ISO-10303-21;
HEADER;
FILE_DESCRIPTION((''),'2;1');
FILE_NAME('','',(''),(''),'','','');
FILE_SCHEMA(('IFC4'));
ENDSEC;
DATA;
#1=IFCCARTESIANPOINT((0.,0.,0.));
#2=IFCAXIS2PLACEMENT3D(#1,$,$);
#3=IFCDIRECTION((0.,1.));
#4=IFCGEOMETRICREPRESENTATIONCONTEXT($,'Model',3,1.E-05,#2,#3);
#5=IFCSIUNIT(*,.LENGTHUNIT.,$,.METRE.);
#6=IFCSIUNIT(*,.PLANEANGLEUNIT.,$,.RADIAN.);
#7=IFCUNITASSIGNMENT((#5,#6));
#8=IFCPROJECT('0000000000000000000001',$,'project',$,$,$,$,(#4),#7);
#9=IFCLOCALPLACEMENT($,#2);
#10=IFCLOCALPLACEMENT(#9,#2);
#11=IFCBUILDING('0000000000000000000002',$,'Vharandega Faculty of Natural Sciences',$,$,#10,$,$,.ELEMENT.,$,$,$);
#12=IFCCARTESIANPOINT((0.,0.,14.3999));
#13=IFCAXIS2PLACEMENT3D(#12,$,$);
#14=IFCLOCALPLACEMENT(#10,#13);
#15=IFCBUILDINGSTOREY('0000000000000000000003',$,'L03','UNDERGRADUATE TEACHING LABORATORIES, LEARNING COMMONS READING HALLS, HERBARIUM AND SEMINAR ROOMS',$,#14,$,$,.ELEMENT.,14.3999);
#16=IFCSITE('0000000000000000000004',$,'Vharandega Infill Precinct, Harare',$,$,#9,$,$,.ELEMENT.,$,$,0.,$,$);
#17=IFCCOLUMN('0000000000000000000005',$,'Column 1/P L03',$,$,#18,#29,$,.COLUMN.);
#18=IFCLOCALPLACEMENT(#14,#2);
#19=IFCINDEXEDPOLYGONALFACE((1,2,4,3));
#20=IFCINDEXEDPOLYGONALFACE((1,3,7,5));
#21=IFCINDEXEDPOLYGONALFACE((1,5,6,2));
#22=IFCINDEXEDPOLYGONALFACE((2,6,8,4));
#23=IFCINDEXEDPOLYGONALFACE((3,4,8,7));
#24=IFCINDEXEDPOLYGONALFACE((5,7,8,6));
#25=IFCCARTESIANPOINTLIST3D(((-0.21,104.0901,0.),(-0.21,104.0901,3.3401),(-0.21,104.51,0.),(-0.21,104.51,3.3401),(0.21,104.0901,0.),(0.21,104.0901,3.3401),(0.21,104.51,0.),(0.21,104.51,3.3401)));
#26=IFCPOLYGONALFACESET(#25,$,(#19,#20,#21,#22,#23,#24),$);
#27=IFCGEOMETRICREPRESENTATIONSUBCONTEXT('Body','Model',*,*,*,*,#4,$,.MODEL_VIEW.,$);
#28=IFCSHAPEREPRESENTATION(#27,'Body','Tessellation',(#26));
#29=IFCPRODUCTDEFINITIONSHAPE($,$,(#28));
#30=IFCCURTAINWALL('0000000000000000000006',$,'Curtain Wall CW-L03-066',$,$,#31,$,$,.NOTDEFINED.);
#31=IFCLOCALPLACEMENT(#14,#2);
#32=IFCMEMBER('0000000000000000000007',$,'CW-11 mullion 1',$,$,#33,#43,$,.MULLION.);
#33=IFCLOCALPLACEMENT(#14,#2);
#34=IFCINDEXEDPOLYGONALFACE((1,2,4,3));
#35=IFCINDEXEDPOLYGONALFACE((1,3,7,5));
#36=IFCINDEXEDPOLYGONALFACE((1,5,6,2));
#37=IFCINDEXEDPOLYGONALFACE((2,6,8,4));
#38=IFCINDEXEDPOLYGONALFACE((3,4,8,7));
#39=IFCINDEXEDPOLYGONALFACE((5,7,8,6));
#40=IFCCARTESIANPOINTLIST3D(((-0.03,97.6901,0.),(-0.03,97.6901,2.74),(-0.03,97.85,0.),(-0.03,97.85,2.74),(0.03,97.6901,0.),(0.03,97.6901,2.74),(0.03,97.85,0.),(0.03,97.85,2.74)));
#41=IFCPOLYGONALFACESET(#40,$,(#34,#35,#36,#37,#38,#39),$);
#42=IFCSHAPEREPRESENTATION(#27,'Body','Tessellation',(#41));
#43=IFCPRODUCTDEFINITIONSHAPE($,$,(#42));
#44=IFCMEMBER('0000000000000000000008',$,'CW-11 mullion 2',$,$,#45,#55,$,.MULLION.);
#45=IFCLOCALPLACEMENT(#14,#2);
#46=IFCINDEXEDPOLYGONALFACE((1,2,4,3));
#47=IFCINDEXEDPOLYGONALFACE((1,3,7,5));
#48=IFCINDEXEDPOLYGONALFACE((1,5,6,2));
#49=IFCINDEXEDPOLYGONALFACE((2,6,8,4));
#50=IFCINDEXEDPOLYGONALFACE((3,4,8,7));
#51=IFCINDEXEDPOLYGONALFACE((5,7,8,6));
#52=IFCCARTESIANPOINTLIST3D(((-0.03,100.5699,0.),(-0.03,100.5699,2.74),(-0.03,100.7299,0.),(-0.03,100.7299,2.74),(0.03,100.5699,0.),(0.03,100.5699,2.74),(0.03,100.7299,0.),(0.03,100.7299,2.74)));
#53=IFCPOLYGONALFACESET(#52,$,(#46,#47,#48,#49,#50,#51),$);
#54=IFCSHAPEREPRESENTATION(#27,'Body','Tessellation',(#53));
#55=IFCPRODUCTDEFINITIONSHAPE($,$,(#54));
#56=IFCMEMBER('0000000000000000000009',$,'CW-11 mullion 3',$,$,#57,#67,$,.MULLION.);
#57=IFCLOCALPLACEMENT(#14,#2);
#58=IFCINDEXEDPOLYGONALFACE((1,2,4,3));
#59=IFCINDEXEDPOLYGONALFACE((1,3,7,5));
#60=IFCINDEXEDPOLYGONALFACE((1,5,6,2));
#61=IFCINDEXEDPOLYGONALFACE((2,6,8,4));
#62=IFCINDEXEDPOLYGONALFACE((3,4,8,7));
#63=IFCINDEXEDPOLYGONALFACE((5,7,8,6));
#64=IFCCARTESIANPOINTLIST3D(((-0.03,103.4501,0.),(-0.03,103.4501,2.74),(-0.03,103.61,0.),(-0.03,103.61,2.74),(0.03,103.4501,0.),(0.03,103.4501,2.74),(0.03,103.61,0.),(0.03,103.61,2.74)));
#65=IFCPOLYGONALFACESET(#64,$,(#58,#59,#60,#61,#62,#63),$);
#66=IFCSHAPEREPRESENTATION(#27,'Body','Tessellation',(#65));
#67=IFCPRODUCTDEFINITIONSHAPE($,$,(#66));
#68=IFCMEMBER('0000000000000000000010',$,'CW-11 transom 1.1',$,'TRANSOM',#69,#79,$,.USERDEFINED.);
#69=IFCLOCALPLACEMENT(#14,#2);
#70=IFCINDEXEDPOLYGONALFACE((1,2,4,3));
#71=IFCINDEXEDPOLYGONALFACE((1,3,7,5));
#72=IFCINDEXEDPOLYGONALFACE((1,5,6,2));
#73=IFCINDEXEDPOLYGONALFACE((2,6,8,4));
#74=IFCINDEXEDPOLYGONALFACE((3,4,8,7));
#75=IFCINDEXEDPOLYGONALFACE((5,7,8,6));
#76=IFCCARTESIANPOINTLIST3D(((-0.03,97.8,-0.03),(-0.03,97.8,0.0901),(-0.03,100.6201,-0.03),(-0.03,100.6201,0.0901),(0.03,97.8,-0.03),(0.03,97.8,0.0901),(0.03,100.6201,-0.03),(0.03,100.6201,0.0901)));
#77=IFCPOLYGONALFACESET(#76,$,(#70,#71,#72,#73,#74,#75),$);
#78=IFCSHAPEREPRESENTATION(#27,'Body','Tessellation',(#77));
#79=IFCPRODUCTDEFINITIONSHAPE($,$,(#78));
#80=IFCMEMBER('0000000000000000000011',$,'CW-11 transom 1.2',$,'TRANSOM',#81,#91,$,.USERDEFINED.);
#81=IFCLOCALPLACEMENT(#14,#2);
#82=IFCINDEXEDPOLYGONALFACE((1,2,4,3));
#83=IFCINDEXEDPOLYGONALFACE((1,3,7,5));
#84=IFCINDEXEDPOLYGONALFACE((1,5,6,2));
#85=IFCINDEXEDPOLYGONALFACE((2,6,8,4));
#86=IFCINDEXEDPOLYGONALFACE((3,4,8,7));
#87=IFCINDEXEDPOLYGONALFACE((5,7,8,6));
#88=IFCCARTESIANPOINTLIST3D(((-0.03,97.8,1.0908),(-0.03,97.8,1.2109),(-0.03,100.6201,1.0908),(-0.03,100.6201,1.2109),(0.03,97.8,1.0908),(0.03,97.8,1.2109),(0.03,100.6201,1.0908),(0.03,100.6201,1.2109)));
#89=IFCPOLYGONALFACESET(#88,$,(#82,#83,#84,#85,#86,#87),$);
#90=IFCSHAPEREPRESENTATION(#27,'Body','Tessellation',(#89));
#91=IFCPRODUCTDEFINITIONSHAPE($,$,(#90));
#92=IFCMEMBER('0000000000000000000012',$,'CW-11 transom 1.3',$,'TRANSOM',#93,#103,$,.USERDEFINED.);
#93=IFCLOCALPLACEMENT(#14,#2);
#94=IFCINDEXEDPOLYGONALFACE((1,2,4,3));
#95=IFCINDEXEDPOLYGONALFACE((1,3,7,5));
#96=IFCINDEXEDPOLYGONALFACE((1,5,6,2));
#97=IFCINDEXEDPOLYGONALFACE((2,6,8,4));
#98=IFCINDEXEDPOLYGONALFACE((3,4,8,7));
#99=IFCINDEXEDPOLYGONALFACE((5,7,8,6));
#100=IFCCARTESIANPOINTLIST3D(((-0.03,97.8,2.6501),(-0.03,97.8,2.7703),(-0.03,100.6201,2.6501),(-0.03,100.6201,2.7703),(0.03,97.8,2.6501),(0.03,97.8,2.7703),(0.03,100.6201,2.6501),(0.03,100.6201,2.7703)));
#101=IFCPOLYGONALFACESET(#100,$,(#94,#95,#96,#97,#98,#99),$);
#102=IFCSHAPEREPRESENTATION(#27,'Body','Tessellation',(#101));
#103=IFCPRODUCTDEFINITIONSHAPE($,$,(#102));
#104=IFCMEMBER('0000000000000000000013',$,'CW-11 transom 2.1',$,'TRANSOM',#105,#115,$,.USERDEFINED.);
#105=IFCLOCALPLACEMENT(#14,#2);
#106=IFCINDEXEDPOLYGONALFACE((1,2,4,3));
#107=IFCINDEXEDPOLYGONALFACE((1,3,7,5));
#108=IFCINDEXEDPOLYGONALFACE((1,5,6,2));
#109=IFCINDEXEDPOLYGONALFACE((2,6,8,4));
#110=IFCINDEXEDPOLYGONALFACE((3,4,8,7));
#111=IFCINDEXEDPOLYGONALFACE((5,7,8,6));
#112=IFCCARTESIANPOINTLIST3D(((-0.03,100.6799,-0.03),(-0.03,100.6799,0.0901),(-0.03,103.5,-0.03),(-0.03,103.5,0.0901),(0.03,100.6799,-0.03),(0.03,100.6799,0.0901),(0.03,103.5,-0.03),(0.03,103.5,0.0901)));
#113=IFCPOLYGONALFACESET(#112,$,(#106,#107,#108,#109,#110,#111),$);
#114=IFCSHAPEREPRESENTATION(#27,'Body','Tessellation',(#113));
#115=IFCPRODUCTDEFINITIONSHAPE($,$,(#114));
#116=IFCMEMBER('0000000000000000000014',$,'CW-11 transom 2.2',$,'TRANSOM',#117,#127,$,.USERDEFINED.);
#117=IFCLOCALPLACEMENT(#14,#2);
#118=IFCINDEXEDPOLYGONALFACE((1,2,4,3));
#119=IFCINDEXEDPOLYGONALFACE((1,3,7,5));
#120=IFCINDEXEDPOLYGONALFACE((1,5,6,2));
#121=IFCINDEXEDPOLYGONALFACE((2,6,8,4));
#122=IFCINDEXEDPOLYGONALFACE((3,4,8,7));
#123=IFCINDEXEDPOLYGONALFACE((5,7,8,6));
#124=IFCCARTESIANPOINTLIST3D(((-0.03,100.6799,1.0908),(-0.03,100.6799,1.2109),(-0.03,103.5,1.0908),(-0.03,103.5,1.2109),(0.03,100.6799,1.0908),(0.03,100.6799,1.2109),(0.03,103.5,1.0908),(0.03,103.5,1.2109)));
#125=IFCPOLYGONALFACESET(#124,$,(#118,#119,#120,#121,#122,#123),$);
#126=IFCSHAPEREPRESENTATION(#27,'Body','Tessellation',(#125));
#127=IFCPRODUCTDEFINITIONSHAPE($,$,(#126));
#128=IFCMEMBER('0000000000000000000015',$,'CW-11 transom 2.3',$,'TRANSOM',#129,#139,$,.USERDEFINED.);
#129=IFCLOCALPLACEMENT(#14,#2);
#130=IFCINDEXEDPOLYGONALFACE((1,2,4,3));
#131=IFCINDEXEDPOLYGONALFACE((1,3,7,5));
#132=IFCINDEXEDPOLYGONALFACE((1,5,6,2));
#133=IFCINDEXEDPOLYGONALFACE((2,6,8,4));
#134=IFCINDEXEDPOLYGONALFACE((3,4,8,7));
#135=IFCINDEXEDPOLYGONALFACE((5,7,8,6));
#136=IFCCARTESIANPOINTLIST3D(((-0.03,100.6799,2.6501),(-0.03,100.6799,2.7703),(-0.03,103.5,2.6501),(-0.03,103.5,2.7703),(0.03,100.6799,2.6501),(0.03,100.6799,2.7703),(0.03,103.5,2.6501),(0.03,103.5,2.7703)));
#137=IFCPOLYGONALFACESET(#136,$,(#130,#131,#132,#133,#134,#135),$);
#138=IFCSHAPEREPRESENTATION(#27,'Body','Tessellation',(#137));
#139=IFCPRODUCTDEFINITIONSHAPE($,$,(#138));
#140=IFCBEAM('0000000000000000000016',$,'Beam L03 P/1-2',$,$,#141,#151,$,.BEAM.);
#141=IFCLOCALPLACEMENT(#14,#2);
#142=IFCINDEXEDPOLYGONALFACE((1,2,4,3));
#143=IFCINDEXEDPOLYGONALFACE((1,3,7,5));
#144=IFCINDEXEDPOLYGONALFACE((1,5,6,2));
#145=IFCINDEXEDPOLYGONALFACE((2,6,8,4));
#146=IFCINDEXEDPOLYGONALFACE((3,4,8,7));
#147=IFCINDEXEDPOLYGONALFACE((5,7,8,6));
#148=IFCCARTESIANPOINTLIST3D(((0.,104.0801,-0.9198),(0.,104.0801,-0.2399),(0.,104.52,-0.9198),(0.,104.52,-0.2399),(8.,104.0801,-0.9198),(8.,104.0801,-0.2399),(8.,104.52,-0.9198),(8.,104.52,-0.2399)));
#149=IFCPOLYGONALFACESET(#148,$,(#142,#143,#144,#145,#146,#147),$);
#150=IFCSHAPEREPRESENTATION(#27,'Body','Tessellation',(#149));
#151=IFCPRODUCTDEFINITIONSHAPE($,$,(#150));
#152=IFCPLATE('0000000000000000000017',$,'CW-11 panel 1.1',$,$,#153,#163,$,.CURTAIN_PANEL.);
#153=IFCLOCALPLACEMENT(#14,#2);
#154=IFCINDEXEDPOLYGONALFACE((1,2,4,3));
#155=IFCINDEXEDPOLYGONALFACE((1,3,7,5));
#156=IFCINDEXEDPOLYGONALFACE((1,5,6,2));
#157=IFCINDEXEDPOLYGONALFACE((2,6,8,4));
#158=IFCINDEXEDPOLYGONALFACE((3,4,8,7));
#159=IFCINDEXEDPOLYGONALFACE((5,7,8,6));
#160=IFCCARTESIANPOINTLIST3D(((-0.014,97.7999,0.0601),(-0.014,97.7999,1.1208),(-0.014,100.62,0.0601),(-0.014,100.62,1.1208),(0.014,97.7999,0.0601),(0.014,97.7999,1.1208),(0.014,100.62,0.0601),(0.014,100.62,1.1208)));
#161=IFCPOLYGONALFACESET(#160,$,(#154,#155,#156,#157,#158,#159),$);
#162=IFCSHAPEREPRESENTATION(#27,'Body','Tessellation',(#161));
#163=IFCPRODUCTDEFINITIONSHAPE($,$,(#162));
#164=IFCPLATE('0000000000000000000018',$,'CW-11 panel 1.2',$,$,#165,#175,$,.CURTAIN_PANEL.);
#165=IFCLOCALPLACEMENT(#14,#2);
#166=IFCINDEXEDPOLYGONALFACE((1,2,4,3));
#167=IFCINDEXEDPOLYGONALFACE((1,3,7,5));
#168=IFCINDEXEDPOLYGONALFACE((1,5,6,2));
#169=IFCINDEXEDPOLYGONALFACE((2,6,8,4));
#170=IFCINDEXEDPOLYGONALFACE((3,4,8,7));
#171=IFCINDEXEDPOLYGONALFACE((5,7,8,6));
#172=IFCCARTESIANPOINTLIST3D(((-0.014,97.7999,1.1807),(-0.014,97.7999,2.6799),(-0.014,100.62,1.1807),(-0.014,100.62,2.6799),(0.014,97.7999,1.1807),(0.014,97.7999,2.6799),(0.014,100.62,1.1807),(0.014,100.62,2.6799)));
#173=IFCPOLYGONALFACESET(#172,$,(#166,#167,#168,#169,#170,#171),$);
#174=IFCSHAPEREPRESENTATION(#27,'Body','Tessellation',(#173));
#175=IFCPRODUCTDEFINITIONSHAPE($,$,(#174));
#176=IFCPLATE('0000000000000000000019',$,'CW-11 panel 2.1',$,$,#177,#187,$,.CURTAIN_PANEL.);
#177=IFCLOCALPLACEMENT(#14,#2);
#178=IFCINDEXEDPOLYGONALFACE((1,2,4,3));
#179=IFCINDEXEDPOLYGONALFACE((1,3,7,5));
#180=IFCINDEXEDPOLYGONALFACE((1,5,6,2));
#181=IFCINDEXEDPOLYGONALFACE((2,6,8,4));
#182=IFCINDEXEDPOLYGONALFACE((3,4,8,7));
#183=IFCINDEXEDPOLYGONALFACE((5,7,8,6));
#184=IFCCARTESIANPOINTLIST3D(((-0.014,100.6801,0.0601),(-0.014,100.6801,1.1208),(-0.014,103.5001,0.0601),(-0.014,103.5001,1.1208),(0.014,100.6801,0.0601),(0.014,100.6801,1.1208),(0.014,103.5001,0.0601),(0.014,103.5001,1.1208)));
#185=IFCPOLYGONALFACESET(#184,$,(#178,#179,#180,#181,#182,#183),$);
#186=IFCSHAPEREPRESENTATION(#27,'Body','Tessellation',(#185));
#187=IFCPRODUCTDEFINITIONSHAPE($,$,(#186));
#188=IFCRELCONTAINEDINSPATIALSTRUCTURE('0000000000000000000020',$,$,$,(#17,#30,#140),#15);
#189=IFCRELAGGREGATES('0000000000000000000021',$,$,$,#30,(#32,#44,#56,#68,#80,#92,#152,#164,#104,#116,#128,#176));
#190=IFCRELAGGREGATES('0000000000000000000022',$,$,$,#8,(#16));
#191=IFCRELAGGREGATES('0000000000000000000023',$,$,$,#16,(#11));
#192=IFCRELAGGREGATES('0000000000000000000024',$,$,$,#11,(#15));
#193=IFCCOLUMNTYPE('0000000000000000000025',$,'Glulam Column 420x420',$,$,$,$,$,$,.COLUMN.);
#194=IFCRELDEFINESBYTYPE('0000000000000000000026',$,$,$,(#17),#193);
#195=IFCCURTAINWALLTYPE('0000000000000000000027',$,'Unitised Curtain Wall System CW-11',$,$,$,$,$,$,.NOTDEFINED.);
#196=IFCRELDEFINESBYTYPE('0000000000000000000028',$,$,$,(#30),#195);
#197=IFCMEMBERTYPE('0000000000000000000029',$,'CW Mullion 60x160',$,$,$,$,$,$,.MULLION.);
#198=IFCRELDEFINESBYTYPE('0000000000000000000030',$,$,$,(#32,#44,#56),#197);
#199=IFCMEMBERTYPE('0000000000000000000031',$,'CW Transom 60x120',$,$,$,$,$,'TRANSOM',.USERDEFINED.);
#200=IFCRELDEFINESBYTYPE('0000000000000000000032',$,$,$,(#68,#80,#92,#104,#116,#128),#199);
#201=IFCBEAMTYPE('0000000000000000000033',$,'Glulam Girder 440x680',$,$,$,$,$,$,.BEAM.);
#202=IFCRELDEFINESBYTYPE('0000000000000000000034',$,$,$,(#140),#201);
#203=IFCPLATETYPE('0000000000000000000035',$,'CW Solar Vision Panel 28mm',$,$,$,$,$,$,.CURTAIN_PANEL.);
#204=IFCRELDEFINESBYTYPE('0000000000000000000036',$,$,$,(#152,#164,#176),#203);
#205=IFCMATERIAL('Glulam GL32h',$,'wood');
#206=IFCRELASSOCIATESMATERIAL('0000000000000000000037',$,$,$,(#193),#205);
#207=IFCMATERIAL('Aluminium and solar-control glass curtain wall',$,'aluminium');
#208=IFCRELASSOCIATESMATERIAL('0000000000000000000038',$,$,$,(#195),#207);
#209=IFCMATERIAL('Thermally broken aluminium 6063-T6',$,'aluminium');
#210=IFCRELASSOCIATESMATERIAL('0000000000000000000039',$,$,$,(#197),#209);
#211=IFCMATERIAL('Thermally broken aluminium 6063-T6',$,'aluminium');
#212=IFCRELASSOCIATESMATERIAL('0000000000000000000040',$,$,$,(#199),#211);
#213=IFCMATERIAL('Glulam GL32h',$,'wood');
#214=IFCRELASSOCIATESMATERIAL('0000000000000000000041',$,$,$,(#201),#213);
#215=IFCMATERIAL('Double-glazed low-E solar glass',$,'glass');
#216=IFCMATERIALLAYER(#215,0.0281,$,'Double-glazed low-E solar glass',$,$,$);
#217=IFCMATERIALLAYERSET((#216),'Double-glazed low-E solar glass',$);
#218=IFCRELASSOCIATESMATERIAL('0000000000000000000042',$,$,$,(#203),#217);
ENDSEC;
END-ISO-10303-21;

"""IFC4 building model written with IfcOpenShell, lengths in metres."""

from ifc_helpers import new_model, si_unit, direction, frame, origin, origin_2d, place, context, subcontext, project, spatial, rectangle, extrude, material, layer, layer_set, material_profile, profile_set, type_object, element, aggregate, save


model = new_model("IFC4")

# Units and contexts
model_context = context("Model", 3, precision=1e-05, world=origin(), true_north=direction((0.0, 1.0)))
body_context = subcontext(model_context, "Body", "Model", "MODEL_VIEW")
ifc_project = project(units=[si_unit("LENGTHUNIT", "METRE"), si_unit("PLANEANGLEUNIT", "RADIAN")], contexts=[model_context])

# Site, building, storey
site_placement = place(None, origin())
site = spatial("IfcSite", under=ifc_project, at=site_placement, Name="Vharandega Infill Precinct, Harare", CompositionType="ELEMENT", RefElevation=0.0)
building_placement = place(site_placement, origin())
building = spatial("IfcBuilding", under=site, at=building_placement, Name="Vharandega Faculty of Natural Sciences", CompositionType="ELEMENT")
storey_placement = place(building_placement, frame((0.0, 0.0, 14.3999)))
storey = spatial("IfcBuildingStorey", under=building, at=storey_placement, Name="L03", Description="UNDERGRADUATE TEACHING LABORATORIES, LEARNING COMMONS READING HALLS, HERBARIUM AND SEMINAR ROOMS", CompositionType="ELEMENT", Elevation=14.3999)

# Column
ifc_material_1 = material(Name="Glulam GL32h", Category="wood")
ifc_material_profile_1 = material_profile(ifc_material_1, rectangle(XDim=0.4199, YDim=0.4199, at=origin_2d()), Name="GL32h 420x420")
ifc_profile_set_1 = profile_set([ifc_material_profile_1], Name="Glulam GL32h")
column_type = type_object("IfcColumnType", Name="Glulam Column 420x420", PredefinedType="COLUMN", material=ifc_profile_set_1)
column_placement = place(storey_placement, frame((0.0, 104.3, 0.0), z_axis=(0.0, 0.0, 1.0), x_axis=(1.0, 0.0, 0.0)))
element("IfcColumn", 1, at=column_placement, inside=storey, type_object=column_type, Name="Column 1/P L03", PredefinedType="COLUMN", context=body_context, shape_type="SweptSolid", body=[
    extrude(rectangle(XDim=0.4199, YDim=0.4199, at=origin_2d()), origin(), (0.0, 0.0, 1.0), 3.3401),
])

# Curtain wall, members
ifc_material_2 = material(Name="Aluminium and solar-control glass curtain wall", Category="aluminium")
curtain_wall_type = type_object("IfcCurtainWallType", Name="Unitised Curtain Wall System CW-11", PredefinedType="NOTDEFINED", material=ifc_material_2)
curtain_wall_placement = place(storey_placement, origin())
curtain_wall = element("IfcCurtainWall", 2, at=curtain_wall_placement, inside=storey, type_object=curtain_wall_type, Name="Curtain Wall CW-L03-066", PredefinedType="NOTDEFINED")
ifc_material_3 = material(Name="Thermally broken aluminium 6063-T6", Category="aluminium")
ifc_material_profile_2 = material_profile(ifc_material_3, rectangle(XDim=0.0601, YDim=0.1599, at=origin_2d()), Name="ALU 60x160")
ifc_profile_set_2 = profile_set([ifc_material_profile_2], Name="Thermally broken aluminium 6063-T6")
member_type_1 = type_object("IfcMemberType", Name="CW Mullion 60x160", PredefinedType="MULLION", material=ifc_profile_set_2)
member_1_placement = place(storey_placement, frame((0.0, 97.77, 0.0), z_axis=(0.0, 0.0, 1.0), x_axis=(-1.0, 0.0, 0.0)))
member_1 = element("IfcMember", 3, at=member_1_placement, type_object=member_type_1, Name="CW-11 mullion 1", PredefinedType="MULLION", context=body_context, shape_type="SweptSolid", body=[
    extrude(rectangle(XDim=0.0601, YDim=0.1599, at=origin_2d()), origin(), (0.0, 0.0, 1.0), 2.74),
])
member_2_placement = place(storey_placement, frame((0.0, 100.6499, 0.0), z_axis=(0.0, 0.0, 1.0), x_axis=(-1.0, 0.0, 0.0)))
member_2 = element("IfcMember", 4, at=member_2_placement, type_object=member_type_1, Name="CW-11 mullion 2", PredefinedType="MULLION", context=body_context, shape_type="SweptSolid", body=[
    extrude(rectangle(XDim=0.0601, YDim=0.1599, at=origin_2d()), origin(), (0.0, 0.0, 1.0), 2.74),
])
member_3_placement = place(storey_placement, frame((0.0, 103.53, 0.0), z_axis=(0.0, 0.0, 1.0), x_axis=(-1.0, 0.0, 0.0)))
member_3 = element("IfcMember", 5, at=member_3_placement, type_object=member_type_1, Name="CW-11 mullion 3", PredefinedType="MULLION", context=body_context, shape_type="SweptSolid", body=[
    extrude(rectangle(XDim=0.0601, YDim=0.1599, at=origin_2d()), origin(), (0.0, 0.0, 1.0), 2.74),
])
ifc_material_4 = material(Name="Thermally broken aluminium 6063-T6", Category="aluminium")
ifc_material_profile_3 = material_profile(ifc_material_4, rectangle(XDim=0.0601, YDim=0.1201, at=origin_2d()), Name="ALU 60x120")
ifc_profile_set_3 = profile_set([ifc_material_profile_3], Name="Thermally broken aluminium 6063-T6")
member_type_2 = type_object("IfcMemberType", Name="CW Transom 60x120", ElementType="TRANSOM", PredefinedType="USERDEFINED", material=ifc_profile_set_3)
member_4_placement = place(storey_placement, frame((0.0, 97.8, 0.03), z_axis=(0.0, 1.0, 0.0), x_axis=(-1.0, 0.0, 0.0)))
member_4 = element("IfcMember", 6, at=member_4_placement, type_object=member_type_2, Name="CW-11 transom 1.1", ObjectType="TRANSOM", PredefinedType="USERDEFINED", context=body_context, shape_type="SweptSolid", body=[
    extrude(rectangle(XDim=0.0601, YDim=0.1201, at=origin_2d()), origin(), (0.0, 0.0, 1.0), 2.8201),
])
member_5_placement = place(storey_placement, frame((0.0, 97.8, 1.1509), z_axis=(0.0, 1.0, 0.0), x_axis=(-1.0, 0.0, 0.0)))
member_5 = element("IfcMember", 7, at=member_5_placement, type_object=member_type_2, Name="CW-11 transom 1.2", ObjectType="TRANSOM", PredefinedType="USERDEFINED", context=body_context, shape_type="SweptSolid", body=[
    extrude(rectangle(XDim=0.0601, YDim=0.1201, at=origin_2d()), origin(), (0.0, 0.0, 1.0), 2.8201),
])
member_6_placement = place(storey_placement, frame((0.0, 97.8, 2.7102), z_axis=(0.0, 1.0, 0.0), x_axis=(-1.0, 0.0, 0.0)))
member_6 = element("IfcMember", 8, at=member_6_placement, type_object=member_type_2, Name="CW-11 transom 1.3", ObjectType="TRANSOM", PredefinedType="USERDEFINED", context=body_context, shape_type="SweptSolid", body=[
    extrude(rectangle(XDim=0.0601, YDim=0.1201, at=origin_2d()), origin(), (0.0, 0.0, 1.0), 2.8201),
])
member_7_placement = place(storey_placement, frame((0.0, 100.6799, 0.03), z_axis=(0.0, 1.0, 0.0), x_axis=(-1.0, 0.0, 0.0)))
member_7 = element("IfcMember", 9, at=member_7_placement, type_object=member_type_2, Name="CW-11 transom 2.1", ObjectType="TRANSOM", PredefinedType="USERDEFINED", context=body_context, shape_type="SweptSolid", body=[
    extrude(rectangle(XDim=0.0601, YDim=0.1201, at=origin_2d()), origin(), (0.0, 0.0, 1.0), 2.8201),
])
member_8_placement = place(storey_placement, frame((0.0, 100.6799, 1.1509), z_axis=(0.0, 1.0, 0.0), x_axis=(-1.0, 0.0, 0.0)))
member_8 = element("IfcMember", 10, at=member_8_placement, type_object=member_type_2, Name="CW-11 transom 2.2", ObjectType="TRANSOM", PredefinedType="USERDEFINED", context=body_context, shape_type="SweptSolid", body=[
    extrude(rectangle(XDim=0.0601, YDim=0.1201, at=origin_2d()), origin(), (0.0, 0.0, 1.0), 2.8201),
])
member_9_placement = place(storey_placement, frame((0.0, 100.6799, 2.7102), z_axis=(0.0, 1.0, 0.0), x_axis=(-1.0, 0.0, 0.0)))
member_9 = element("IfcMember", 11, at=member_9_placement, type_object=member_type_2, Name="CW-11 transom 2.3", ObjectType="TRANSOM", PredefinedType="USERDEFINED", context=body_context, shape_type="SweptSolid", body=[
    extrude(rectangle(XDim=0.0601, YDim=0.1201, at=origin_2d()), origin(), (0.0, 0.0, 1.0), 2.8201),
])

# Beam
ifc_material_5 = material(Name="Glulam GL32h", Category="wood")
ifc_material_profile_4 = material_profile(ifc_material_5, rectangle(XDim=0.4399, YDim=0.6799, at=origin_2d()), Name="GL32h 440x680")
ifc_profile_set_4 = profile_set([ifc_material_profile_4], Name="Glulam GL32h")
beam_type = type_object("IfcBeamType", Name="Glulam Girder 440x680", PredefinedType="BEAM", material=ifc_profile_set_4)
beam_placement = place(storey_placement, frame((0.0, 104.3, -0.5798), z_axis=(1.0, 0.0, 0.0), x_axis=(0.0, 1.0, 0.0)))
element("IfcBeam", 12, at=beam_placement, inside=storey, type_object=beam_type, Name="Beam L03 P/1-2", PredefinedType="BEAM", context=body_context, shape_type="SweptSolid", body=[
    extrude(rectangle(XDim=0.4399, YDim=0.6799, at=origin_2d()), origin(), (0.0, 0.0, 1.0), 8.0),
])

# Plates
ifc_material_6 = material(Name="Double-glazed low-E solar glass", Category="glass")
ifc_layer_1 = layer(ifc_material_6, 0.0281, Name="Double-glazed low-E solar glass")
ifc_layer_set_1 = layer_set([ifc_layer_1], Name="Double-glazed low-E solar glass")
plate_type = type_object("IfcPlateType", Name="CW Solar Vision Panel 28mm", PredefinedType="CURTAIN_PANEL", material=ifc_layer_set_1)
plate_1_placement = place(storey_placement, frame((0.0, 99.21, 0.0601), z_axis=(0.0, 0.0, 1.0), x_axis=(0.0, 1.0, 0.0)))
plate_1 = element("IfcPlate", 13, at=plate_1_placement, type_object=plate_type, Name="CW-11 panel 1.1", PredefinedType="CURTAIN_PANEL", context=body_context, shape_type="SweptSolid", body=[
    extrude(rectangle(XDim=2.8201, YDim=0.0281, at=origin_2d()), origin(), (0.0, 0.0, 1.0), 1.0608),
])
plate_2_placement = place(storey_placement, frame((0.0, 99.21, 1.1807), z_axis=(0.0, 0.0, 1.0), x_axis=(0.0, 1.0, 0.0)))
plate_2 = element("IfcPlate", 14, at=plate_2_placement, type_object=plate_type, Name="CW-11 panel 1.2", PredefinedType="CURTAIN_PANEL", context=body_context, shape_type="SweptSolid", body=[
    extrude(rectangle(XDim=2.8201, YDim=0.0281, at=origin_2d()), origin(), (0.0, 0.0, 1.0), 1.4993),
])
plate_3_placement = place(storey_placement, frame((0.0, 102.0901, 0.0601), z_axis=(0.0, 0.0, 1.0), x_axis=(0.0, 1.0, 0.0)))
plate_3 = element("IfcPlate", 15, at=plate_3_placement, type_object=plate_type, Name="CW-11 panel 2.1", PredefinedType="CURTAIN_PANEL", context=body_context, shape_type="SweptSolid", body=[
    extrude(rectangle(XDim=2.8201, YDim=0.0281, at=origin_2d()), origin(), (0.0, 0.0, 1.0), 1.0608),
])
aggregate(curtain_wall, [member_1, member_2, member_3, member_4, member_5, member_6, plate_1, plate_2, member_7, member_8, member_9, plate_3])

save(model, "model.ifc")
